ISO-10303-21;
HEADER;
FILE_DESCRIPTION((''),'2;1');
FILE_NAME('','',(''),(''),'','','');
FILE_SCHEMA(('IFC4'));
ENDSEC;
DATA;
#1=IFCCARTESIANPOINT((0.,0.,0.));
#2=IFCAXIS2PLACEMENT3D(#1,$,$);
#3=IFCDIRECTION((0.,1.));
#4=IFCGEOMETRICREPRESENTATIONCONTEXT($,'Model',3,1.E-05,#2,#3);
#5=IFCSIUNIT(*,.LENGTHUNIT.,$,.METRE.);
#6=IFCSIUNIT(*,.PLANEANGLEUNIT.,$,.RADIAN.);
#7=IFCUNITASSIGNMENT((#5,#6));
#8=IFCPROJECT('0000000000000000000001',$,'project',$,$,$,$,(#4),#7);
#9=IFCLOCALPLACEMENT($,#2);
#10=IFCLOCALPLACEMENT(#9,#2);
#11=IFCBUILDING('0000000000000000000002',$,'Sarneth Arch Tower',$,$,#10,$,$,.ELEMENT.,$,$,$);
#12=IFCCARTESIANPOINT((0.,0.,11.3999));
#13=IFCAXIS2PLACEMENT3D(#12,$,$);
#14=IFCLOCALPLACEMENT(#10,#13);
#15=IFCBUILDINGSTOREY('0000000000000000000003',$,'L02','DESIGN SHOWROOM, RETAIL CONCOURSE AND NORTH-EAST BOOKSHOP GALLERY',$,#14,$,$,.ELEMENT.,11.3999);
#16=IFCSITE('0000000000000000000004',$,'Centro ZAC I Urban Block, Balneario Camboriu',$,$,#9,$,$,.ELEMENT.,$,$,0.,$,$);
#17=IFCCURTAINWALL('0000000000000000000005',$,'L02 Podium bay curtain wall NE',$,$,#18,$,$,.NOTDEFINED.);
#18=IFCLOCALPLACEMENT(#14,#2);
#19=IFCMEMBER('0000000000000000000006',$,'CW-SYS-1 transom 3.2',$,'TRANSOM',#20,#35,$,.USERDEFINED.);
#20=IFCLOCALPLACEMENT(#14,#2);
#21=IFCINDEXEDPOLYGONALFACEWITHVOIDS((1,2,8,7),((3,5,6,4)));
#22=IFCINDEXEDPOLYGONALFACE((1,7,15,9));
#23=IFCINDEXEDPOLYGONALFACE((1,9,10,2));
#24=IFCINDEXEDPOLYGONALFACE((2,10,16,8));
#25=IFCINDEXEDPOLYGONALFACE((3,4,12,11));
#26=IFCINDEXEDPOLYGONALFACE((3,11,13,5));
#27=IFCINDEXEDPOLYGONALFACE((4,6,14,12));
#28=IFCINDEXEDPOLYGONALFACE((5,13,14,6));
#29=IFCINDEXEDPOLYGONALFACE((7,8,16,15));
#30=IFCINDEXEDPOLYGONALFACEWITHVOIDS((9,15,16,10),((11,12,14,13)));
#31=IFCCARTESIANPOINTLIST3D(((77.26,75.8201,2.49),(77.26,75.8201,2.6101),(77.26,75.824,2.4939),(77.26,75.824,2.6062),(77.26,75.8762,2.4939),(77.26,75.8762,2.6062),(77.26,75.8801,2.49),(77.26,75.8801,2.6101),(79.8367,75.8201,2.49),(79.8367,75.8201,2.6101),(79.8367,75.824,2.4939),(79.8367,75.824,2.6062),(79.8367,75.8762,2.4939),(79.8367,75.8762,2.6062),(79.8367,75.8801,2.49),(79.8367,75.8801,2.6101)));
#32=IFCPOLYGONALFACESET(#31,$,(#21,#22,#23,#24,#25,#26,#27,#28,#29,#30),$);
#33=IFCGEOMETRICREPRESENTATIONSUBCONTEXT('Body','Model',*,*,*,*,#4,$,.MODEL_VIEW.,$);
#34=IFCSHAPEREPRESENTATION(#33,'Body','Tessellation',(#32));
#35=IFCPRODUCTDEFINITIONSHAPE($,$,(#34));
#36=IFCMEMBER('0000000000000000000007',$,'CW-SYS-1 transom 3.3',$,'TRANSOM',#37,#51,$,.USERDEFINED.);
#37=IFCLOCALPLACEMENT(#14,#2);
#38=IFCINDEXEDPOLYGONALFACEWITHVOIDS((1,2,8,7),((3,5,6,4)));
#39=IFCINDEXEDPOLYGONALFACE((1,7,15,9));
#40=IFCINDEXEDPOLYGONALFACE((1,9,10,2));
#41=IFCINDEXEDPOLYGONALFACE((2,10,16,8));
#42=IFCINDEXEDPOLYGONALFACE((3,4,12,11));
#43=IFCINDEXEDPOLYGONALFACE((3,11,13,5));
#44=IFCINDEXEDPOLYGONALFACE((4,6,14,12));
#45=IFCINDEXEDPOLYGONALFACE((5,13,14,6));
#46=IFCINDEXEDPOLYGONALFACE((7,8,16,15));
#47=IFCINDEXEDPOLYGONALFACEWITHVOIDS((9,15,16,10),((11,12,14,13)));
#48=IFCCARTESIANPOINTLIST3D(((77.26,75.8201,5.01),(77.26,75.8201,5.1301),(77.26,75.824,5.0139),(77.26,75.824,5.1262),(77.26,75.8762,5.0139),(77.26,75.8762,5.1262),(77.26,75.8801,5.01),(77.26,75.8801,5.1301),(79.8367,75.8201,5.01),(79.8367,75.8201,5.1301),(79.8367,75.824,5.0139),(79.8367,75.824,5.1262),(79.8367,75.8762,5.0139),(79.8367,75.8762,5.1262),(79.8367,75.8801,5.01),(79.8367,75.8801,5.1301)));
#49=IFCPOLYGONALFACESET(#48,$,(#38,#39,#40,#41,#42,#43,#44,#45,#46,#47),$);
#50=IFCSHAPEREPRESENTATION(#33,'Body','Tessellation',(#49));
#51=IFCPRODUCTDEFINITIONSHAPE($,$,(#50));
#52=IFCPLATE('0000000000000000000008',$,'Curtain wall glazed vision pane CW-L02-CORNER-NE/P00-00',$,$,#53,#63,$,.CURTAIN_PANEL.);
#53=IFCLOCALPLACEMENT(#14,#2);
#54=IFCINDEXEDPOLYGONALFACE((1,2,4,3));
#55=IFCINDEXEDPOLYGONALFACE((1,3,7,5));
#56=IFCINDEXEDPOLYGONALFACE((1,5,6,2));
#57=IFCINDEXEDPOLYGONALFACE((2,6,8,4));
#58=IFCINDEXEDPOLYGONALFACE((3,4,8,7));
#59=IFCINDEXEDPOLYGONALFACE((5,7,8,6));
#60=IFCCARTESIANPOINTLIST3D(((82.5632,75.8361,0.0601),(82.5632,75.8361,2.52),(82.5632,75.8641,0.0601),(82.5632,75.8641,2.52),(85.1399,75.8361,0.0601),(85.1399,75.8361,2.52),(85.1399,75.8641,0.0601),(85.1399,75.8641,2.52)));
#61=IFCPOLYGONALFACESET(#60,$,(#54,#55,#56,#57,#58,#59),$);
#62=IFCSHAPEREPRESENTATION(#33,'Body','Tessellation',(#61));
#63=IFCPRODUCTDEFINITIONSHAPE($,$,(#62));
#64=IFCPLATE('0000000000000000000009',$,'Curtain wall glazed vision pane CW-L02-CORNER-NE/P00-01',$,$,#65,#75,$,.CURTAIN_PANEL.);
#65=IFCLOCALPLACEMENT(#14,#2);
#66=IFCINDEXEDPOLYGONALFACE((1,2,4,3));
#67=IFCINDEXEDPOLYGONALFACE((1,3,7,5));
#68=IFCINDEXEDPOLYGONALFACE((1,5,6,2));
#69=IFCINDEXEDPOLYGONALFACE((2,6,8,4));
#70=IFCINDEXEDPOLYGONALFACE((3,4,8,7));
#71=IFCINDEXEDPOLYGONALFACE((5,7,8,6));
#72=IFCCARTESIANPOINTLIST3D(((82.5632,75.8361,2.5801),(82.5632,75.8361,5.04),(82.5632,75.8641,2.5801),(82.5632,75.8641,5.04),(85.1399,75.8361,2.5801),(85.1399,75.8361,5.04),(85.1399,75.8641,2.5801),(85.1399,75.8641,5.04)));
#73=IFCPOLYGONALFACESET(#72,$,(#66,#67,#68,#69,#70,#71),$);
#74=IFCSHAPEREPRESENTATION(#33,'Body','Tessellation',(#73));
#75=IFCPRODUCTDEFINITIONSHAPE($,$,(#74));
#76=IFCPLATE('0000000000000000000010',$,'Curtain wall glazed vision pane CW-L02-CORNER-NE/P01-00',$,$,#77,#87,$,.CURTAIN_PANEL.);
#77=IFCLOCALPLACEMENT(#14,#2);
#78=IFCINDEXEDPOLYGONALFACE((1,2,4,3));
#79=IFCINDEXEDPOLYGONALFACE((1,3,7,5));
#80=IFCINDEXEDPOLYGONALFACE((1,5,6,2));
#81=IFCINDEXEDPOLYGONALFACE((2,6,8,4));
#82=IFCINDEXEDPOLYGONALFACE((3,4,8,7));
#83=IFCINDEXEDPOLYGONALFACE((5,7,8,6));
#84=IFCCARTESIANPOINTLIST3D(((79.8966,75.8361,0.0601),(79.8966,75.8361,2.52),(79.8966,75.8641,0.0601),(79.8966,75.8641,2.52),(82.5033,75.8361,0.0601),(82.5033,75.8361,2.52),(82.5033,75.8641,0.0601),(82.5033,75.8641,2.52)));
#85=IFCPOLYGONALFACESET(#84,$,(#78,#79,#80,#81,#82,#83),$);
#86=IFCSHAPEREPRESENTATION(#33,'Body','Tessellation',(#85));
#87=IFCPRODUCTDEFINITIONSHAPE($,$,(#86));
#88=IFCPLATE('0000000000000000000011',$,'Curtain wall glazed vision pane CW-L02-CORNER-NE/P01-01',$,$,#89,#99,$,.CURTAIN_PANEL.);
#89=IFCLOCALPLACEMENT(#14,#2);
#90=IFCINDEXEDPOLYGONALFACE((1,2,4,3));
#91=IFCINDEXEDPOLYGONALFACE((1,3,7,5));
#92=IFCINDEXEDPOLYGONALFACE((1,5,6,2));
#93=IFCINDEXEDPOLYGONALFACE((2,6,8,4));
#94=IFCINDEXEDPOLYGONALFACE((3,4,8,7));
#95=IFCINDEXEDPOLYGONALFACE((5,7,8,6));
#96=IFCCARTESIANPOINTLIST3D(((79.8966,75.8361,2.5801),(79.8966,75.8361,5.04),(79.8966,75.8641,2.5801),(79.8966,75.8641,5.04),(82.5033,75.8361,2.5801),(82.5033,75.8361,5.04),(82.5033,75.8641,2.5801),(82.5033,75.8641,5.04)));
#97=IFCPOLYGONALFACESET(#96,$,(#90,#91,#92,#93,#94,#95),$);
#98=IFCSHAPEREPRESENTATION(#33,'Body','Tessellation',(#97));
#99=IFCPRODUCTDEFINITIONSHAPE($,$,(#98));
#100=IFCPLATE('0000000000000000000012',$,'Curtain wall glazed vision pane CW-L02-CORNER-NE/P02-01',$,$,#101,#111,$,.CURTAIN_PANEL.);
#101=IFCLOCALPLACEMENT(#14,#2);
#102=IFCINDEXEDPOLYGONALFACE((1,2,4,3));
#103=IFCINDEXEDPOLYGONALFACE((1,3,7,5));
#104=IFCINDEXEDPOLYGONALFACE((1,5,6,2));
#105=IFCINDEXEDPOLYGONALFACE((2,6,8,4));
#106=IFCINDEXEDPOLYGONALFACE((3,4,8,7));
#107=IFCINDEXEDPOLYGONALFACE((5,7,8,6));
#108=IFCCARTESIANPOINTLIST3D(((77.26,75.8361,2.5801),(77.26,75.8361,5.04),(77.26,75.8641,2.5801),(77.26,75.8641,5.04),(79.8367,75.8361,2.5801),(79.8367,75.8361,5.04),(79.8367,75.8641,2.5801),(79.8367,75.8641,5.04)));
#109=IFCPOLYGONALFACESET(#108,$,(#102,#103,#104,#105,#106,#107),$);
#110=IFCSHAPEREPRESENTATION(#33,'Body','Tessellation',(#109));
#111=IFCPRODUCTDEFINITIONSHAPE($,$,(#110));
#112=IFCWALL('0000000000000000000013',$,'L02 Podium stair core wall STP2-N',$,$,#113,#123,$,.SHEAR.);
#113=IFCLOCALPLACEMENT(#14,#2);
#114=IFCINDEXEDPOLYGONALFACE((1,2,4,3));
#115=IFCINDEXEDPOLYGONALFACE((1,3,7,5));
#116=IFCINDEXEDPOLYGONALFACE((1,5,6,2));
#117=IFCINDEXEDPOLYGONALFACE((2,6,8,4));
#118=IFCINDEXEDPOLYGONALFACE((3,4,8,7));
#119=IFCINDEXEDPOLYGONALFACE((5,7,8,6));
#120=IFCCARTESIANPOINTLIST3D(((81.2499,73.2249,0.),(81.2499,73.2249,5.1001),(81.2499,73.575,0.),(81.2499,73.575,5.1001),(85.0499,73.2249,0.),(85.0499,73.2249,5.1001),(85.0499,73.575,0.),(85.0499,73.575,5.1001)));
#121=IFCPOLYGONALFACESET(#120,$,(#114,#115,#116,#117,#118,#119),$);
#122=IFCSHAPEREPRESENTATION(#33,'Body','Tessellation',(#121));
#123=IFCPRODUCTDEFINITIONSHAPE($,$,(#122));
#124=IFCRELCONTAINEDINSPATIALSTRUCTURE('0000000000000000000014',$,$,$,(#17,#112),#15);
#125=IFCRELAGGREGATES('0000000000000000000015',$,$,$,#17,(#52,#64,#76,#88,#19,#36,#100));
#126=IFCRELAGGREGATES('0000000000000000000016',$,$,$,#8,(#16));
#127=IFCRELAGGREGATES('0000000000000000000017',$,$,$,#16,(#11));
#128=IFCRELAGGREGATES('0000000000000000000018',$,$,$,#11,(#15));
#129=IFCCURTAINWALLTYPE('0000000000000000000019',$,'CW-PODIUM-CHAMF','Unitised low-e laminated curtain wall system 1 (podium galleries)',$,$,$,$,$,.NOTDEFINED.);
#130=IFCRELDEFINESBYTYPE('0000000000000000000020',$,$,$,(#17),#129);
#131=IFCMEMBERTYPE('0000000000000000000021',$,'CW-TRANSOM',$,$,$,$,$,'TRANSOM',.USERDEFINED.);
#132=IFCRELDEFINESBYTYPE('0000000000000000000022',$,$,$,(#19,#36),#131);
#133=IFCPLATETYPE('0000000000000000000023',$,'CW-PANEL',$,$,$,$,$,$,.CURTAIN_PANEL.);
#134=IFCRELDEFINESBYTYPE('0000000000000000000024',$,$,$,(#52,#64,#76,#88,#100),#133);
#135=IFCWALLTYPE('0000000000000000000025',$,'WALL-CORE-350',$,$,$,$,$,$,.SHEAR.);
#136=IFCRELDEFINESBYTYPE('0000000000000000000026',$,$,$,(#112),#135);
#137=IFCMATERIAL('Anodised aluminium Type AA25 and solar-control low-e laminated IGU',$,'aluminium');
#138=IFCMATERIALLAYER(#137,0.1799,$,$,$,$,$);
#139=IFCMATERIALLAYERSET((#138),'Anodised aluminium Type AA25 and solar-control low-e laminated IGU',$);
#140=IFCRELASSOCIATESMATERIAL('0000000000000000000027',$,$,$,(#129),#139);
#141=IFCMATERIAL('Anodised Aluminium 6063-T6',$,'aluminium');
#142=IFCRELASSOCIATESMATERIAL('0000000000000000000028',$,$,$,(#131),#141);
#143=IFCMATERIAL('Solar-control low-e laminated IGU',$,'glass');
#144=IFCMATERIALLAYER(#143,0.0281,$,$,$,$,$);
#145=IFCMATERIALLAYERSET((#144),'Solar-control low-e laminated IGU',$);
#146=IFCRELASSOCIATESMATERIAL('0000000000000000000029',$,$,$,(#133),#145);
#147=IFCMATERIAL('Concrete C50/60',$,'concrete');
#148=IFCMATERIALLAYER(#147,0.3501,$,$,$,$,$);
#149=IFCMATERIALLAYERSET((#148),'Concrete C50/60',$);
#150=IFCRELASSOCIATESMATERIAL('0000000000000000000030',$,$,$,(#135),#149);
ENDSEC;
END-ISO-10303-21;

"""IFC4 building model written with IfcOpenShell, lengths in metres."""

from ifc_helpers import new_model, si_unit, direction, frame, frame_2d, origin, origin_2d, place, context, subcontext, project, spatial, rectangle, hollow_rectangle, extrude, material, layer, layer_set, material_profile, profile_set, type_object, element, aggregate, save


model = new_model("IFC4")

# Units and contexts
model_context = context("Model", 3, precision=1e-05, world=origin(), true_north=direction((0.0, 1.0)))
body_context = subcontext(model_context, "Body", "Model", "MODEL_VIEW")
ifc_project = project(units=[si_unit("LENGTHUNIT", "METRE"), si_unit("PLANEANGLEUNIT", "RADIAN")], contexts=[model_context])

# Site, building, storey
site_placement = place(None, origin())
site = spatial("IfcSite", under=ifc_project, at=site_placement, Name="Centro ZAC I Urban Block, Balneario Camboriu", CompositionType="ELEMENT", RefElevation=0.0)
building_placement = place(site_placement, origin())
building = spatial("IfcBuilding", under=site, at=building_placement, Name="Sarneth Arch Tower", CompositionType="ELEMENT")
storey_placement = place(building_placement, frame((0.0, 0.0, 11.3999)))
storey = spatial("IfcBuildingStorey", under=building, at=storey_placement, Name="L02", Description="DESIGN SHOWROOM, RETAIL CONCOURSE AND NORTH-EAST BOOKSHOP GALLERY", CompositionType="ELEMENT", Elevation=11.3999)

# Curtain wall, members, plates
ifc_material_1 = material(Name="Anodised aluminium Type AA25 and solar-control low-e laminated IGU", Category="aluminium")
ifc_layer_1 = layer(ifc_material_1, 0.1799)
ifc_layer_set_1 = layer_set([ifc_layer_1], Name="Anodised aluminium Type AA25 and solar-control low-e laminated IGU")
curtain_wall_type = type_object("IfcCurtainWallType", Name="CW-PODIUM-CHAMF", Description="Unitised low-e laminated curtain wall system 1 (podium galleries)", PredefinedType="NOTDEFINED", material=ifc_layer_set_1)
curtain_wall_placement = place(storey_placement, origin())
curtain_wall = element("IfcCurtainWall", 1, at=curtain_wall_placement, inside=storey, type_object=curtain_wall_type, Name="L02 Podium bay curtain wall NE", PredefinedType="NOTDEFINED")
ifc_material_2 = material(Name="Anodised Aluminium 6063-T6", Category="aluminium")
ifc_material_profile_1 = material_profile(ifc_material_2, hollow_rectangle(XDim=0.0601, YDim=0.1201, WallThickness=0.0039, at=origin_2d()), Name="AL-TRAN-120x60x4")
ifc_profile_set_1 = profile_set([ifc_material_profile_1], Name="Anodised Aluminium 6063-T6")
member_type_1 = type_object("IfcMemberType", Name="CW-TRANSOM", ElementType="TRANSOM", PredefinedType="USERDEFINED", material=ifc_profile_set_1)
member_1_placement = place(storey_placement, frame((79.8367, 75.8501, 2.55), z_axis=(-1.0, 0.0, 0.0), x_axis=(0.0, -1.0, 0.0)))
member_1 = element("IfcMember", 2, at=member_1_placement, type_object=member_type_1, Name="CW-SYS-1 transom 3.2", ObjectType="TRANSOM", PredefinedType="USERDEFINED", context=body_context, shape_type="SweptSolid", body=[
    extrude(hollow_rectangle(XDim=0.0601, YDim=0.1201, WallThickness=0.0039, at=origin_2d()), origin(), (0.0, 0.0, 1.0), 2.5767),
])
member_2_placement = place(storey_placement, frame((79.8367, 75.8501, 5.0701), z_axis=(-1.0, 0.0, 0.0), x_axis=(0.0, -1.0, 0.0)))
member_2 = element("IfcMember", 3, at=member_2_placement, type_object=member_type_1, Name="CW-SYS-1 transom 3.3", ObjectType="TRANSOM", PredefinedType="USERDEFINED", context=body_context, shape_type="SweptSolid", body=[
    extrude(hollow_rectangle(XDim=0.0601, YDim=0.1201, WallThickness=0.0039, at=origin_2d()), origin(), (0.0, 0.0, 1.0), 2.5767),
])
ifc_material_3 = material(Name="Solar-control low-e laminated IGU", Category="glass")
ifc_layer_2 = layer(ifc_material_3, 0.0281)
ifc_layer_set_2 = layer_set([ifc_layer_2], Name="Solar-control low-e laminated IGU")
plate_type = type_object("IfcPlateType", Name="CW-PANEL", PredefinedType="CURTAIN_PANEL", material=ifc_layer_set_2)
plate_1_placement = place(storey_placement, frame((83.8516, 75.8501, 0.0601), z_axis=(0.0, 0.0, 1.0), x_axis=(-1.0, 0.0, 0.0)))
plate_1 = element("IfcPlate", 4, at=plate_1_placement, type_object=plate_type, Name="Curtain wall glazed vision pane CW-L02-CORNER-NE/P00-00", PredefinedType="CURTAIN_PANEL", context=body_context, shape_type="SweptSolid", body=[
    extrude(rectangle(XDim=2.5767, YDim=0.0281, at=origin_2d()), origin(), (0.0, 0.0, 1.0), 2.46),
])
plate_2_placement = place(storey_placement, frame((83.8516, 75.8501, 2.5801), z_axis=(0.0, 0.0, 1.0), x_axis=(-1.0, 0.0, 0.0)))
plate_2 = element("IfcPlate", 5, at=plate_2_placement, type_object=plate_type, Name="Curtain wall glazed vision pane CW-L02-CORNER-NE/P00-01", PredefinedType="CURTAIN_PANEL", context=body_context, shape_type="SweptSolid", body=[
    extrude(rectangle(XDim=2.5767, YDim=0.0281, at=origin_2d()), origin(), (0.0, 0.0, 1.0), 2.46),
])
plate_3_placement = place(storey_placement, frame((81.2, 75.8501, 0.0601), z_axis=(0.0, 0.0, 1.0), x_axis=(-1.0, 0.0, 0.0)))
plate_3 = element("IfcPlate", 6, at=plate_3_placement, type_object=plate_type, Name="Curtain wall glazed vision pane CW-L02-CORNER-NE/P01-00", PredefinedType="CURTAIN_PANEL", context=body_context, shape_type="SweptSolid", body=[
    extrude(rectangle(XDim=2.6067, YDim=0.0281, at=origin_2d()), origin(), (0.0, 0.0, 1.0), 2.46),
])
plate_4_placement = place(storey_placement, frame((81.2, 75.8501, 2.5801), z_axis=(0.0, 0.0, 1.0), x_axis=(-1.0, 0.0, 0.0)))
plate_4 = element("IfcPlate", 7, at=plate_4_placement, type_object=plate_type, Name="Curtain wall glazed vision pane CW-L02-CORNER-NE/P01-01", PredefinedType="CURTAIN_PANEL", context=body_context, shape_type="SweptSolid", body=[
    extrude(rectangle(XDim=2.6067, YDim=0.0281, at=origin_2d()), origin(), (0.0, 0.0, 1.0), 2.46),
])
plate_5_placement = place(storey_placement, frame((78.5483, 75.8501, 2.5801), z_axis=(0.0, 0.0, 1.0), x_axis=(-1.0, 0.0, 0.0)))
plate_5 = element("IfcPlate", 8, at=plate_5_placement, type_object=plate_type, Name="Curtain wall glazed vision pane CW-L02-CORNER-NE/P02-01", PredefinedType="CURTAIN_PANEL", context=body_context, shape_type="SweptSolid", body=[
    extrude(rectangle(XDim=2.5767, YDim=0.0281, at=origin_2d()), origin(), (0.0, 0.0, 1.0), 2.46),
])
aggregate(curtain_wall, [plate_1, plate_2, plate_3, plate_4, member_1, member_2, plate_5])

# Wall
ifc_material_4 = material(Name="Concrete C50/60", Category="concrete")
ifc_layer_3 = layer(ifc_material_4, 0.3501)
ifc_layer_set_3 = layer_set([ifc_layer_3], Name="Concrete C50/60")
wall_type_1 = type_object("IfcWallType", Name="WALL-CORE-350", PredefinedType="SHEAR", material=ifc_layer_set_3)
wall_1_placement = place(storey_placement, frame((81.25, 73.3999, 0.0), z_axis=(0.0, 0.0, 1.0), x_axis=(1.0, 0.0, 0.0)))
element("IfcWall", 9, at=wall_1_placement, inside=storey, type_object=wall_type_1, Name="L02 Podium stair core wall STP2-N", PredefinedType="SHEAR", context=body_context, shape_type="SweptSolid", body=[
    extrude(rectangle(XDim=3.8, YDim=0.3501, at=frame_2d((1.8999, 0.0))), origin(), (0.0, 0.0, 1.0), 5.1001),
])

save(model, "model.ifc")
